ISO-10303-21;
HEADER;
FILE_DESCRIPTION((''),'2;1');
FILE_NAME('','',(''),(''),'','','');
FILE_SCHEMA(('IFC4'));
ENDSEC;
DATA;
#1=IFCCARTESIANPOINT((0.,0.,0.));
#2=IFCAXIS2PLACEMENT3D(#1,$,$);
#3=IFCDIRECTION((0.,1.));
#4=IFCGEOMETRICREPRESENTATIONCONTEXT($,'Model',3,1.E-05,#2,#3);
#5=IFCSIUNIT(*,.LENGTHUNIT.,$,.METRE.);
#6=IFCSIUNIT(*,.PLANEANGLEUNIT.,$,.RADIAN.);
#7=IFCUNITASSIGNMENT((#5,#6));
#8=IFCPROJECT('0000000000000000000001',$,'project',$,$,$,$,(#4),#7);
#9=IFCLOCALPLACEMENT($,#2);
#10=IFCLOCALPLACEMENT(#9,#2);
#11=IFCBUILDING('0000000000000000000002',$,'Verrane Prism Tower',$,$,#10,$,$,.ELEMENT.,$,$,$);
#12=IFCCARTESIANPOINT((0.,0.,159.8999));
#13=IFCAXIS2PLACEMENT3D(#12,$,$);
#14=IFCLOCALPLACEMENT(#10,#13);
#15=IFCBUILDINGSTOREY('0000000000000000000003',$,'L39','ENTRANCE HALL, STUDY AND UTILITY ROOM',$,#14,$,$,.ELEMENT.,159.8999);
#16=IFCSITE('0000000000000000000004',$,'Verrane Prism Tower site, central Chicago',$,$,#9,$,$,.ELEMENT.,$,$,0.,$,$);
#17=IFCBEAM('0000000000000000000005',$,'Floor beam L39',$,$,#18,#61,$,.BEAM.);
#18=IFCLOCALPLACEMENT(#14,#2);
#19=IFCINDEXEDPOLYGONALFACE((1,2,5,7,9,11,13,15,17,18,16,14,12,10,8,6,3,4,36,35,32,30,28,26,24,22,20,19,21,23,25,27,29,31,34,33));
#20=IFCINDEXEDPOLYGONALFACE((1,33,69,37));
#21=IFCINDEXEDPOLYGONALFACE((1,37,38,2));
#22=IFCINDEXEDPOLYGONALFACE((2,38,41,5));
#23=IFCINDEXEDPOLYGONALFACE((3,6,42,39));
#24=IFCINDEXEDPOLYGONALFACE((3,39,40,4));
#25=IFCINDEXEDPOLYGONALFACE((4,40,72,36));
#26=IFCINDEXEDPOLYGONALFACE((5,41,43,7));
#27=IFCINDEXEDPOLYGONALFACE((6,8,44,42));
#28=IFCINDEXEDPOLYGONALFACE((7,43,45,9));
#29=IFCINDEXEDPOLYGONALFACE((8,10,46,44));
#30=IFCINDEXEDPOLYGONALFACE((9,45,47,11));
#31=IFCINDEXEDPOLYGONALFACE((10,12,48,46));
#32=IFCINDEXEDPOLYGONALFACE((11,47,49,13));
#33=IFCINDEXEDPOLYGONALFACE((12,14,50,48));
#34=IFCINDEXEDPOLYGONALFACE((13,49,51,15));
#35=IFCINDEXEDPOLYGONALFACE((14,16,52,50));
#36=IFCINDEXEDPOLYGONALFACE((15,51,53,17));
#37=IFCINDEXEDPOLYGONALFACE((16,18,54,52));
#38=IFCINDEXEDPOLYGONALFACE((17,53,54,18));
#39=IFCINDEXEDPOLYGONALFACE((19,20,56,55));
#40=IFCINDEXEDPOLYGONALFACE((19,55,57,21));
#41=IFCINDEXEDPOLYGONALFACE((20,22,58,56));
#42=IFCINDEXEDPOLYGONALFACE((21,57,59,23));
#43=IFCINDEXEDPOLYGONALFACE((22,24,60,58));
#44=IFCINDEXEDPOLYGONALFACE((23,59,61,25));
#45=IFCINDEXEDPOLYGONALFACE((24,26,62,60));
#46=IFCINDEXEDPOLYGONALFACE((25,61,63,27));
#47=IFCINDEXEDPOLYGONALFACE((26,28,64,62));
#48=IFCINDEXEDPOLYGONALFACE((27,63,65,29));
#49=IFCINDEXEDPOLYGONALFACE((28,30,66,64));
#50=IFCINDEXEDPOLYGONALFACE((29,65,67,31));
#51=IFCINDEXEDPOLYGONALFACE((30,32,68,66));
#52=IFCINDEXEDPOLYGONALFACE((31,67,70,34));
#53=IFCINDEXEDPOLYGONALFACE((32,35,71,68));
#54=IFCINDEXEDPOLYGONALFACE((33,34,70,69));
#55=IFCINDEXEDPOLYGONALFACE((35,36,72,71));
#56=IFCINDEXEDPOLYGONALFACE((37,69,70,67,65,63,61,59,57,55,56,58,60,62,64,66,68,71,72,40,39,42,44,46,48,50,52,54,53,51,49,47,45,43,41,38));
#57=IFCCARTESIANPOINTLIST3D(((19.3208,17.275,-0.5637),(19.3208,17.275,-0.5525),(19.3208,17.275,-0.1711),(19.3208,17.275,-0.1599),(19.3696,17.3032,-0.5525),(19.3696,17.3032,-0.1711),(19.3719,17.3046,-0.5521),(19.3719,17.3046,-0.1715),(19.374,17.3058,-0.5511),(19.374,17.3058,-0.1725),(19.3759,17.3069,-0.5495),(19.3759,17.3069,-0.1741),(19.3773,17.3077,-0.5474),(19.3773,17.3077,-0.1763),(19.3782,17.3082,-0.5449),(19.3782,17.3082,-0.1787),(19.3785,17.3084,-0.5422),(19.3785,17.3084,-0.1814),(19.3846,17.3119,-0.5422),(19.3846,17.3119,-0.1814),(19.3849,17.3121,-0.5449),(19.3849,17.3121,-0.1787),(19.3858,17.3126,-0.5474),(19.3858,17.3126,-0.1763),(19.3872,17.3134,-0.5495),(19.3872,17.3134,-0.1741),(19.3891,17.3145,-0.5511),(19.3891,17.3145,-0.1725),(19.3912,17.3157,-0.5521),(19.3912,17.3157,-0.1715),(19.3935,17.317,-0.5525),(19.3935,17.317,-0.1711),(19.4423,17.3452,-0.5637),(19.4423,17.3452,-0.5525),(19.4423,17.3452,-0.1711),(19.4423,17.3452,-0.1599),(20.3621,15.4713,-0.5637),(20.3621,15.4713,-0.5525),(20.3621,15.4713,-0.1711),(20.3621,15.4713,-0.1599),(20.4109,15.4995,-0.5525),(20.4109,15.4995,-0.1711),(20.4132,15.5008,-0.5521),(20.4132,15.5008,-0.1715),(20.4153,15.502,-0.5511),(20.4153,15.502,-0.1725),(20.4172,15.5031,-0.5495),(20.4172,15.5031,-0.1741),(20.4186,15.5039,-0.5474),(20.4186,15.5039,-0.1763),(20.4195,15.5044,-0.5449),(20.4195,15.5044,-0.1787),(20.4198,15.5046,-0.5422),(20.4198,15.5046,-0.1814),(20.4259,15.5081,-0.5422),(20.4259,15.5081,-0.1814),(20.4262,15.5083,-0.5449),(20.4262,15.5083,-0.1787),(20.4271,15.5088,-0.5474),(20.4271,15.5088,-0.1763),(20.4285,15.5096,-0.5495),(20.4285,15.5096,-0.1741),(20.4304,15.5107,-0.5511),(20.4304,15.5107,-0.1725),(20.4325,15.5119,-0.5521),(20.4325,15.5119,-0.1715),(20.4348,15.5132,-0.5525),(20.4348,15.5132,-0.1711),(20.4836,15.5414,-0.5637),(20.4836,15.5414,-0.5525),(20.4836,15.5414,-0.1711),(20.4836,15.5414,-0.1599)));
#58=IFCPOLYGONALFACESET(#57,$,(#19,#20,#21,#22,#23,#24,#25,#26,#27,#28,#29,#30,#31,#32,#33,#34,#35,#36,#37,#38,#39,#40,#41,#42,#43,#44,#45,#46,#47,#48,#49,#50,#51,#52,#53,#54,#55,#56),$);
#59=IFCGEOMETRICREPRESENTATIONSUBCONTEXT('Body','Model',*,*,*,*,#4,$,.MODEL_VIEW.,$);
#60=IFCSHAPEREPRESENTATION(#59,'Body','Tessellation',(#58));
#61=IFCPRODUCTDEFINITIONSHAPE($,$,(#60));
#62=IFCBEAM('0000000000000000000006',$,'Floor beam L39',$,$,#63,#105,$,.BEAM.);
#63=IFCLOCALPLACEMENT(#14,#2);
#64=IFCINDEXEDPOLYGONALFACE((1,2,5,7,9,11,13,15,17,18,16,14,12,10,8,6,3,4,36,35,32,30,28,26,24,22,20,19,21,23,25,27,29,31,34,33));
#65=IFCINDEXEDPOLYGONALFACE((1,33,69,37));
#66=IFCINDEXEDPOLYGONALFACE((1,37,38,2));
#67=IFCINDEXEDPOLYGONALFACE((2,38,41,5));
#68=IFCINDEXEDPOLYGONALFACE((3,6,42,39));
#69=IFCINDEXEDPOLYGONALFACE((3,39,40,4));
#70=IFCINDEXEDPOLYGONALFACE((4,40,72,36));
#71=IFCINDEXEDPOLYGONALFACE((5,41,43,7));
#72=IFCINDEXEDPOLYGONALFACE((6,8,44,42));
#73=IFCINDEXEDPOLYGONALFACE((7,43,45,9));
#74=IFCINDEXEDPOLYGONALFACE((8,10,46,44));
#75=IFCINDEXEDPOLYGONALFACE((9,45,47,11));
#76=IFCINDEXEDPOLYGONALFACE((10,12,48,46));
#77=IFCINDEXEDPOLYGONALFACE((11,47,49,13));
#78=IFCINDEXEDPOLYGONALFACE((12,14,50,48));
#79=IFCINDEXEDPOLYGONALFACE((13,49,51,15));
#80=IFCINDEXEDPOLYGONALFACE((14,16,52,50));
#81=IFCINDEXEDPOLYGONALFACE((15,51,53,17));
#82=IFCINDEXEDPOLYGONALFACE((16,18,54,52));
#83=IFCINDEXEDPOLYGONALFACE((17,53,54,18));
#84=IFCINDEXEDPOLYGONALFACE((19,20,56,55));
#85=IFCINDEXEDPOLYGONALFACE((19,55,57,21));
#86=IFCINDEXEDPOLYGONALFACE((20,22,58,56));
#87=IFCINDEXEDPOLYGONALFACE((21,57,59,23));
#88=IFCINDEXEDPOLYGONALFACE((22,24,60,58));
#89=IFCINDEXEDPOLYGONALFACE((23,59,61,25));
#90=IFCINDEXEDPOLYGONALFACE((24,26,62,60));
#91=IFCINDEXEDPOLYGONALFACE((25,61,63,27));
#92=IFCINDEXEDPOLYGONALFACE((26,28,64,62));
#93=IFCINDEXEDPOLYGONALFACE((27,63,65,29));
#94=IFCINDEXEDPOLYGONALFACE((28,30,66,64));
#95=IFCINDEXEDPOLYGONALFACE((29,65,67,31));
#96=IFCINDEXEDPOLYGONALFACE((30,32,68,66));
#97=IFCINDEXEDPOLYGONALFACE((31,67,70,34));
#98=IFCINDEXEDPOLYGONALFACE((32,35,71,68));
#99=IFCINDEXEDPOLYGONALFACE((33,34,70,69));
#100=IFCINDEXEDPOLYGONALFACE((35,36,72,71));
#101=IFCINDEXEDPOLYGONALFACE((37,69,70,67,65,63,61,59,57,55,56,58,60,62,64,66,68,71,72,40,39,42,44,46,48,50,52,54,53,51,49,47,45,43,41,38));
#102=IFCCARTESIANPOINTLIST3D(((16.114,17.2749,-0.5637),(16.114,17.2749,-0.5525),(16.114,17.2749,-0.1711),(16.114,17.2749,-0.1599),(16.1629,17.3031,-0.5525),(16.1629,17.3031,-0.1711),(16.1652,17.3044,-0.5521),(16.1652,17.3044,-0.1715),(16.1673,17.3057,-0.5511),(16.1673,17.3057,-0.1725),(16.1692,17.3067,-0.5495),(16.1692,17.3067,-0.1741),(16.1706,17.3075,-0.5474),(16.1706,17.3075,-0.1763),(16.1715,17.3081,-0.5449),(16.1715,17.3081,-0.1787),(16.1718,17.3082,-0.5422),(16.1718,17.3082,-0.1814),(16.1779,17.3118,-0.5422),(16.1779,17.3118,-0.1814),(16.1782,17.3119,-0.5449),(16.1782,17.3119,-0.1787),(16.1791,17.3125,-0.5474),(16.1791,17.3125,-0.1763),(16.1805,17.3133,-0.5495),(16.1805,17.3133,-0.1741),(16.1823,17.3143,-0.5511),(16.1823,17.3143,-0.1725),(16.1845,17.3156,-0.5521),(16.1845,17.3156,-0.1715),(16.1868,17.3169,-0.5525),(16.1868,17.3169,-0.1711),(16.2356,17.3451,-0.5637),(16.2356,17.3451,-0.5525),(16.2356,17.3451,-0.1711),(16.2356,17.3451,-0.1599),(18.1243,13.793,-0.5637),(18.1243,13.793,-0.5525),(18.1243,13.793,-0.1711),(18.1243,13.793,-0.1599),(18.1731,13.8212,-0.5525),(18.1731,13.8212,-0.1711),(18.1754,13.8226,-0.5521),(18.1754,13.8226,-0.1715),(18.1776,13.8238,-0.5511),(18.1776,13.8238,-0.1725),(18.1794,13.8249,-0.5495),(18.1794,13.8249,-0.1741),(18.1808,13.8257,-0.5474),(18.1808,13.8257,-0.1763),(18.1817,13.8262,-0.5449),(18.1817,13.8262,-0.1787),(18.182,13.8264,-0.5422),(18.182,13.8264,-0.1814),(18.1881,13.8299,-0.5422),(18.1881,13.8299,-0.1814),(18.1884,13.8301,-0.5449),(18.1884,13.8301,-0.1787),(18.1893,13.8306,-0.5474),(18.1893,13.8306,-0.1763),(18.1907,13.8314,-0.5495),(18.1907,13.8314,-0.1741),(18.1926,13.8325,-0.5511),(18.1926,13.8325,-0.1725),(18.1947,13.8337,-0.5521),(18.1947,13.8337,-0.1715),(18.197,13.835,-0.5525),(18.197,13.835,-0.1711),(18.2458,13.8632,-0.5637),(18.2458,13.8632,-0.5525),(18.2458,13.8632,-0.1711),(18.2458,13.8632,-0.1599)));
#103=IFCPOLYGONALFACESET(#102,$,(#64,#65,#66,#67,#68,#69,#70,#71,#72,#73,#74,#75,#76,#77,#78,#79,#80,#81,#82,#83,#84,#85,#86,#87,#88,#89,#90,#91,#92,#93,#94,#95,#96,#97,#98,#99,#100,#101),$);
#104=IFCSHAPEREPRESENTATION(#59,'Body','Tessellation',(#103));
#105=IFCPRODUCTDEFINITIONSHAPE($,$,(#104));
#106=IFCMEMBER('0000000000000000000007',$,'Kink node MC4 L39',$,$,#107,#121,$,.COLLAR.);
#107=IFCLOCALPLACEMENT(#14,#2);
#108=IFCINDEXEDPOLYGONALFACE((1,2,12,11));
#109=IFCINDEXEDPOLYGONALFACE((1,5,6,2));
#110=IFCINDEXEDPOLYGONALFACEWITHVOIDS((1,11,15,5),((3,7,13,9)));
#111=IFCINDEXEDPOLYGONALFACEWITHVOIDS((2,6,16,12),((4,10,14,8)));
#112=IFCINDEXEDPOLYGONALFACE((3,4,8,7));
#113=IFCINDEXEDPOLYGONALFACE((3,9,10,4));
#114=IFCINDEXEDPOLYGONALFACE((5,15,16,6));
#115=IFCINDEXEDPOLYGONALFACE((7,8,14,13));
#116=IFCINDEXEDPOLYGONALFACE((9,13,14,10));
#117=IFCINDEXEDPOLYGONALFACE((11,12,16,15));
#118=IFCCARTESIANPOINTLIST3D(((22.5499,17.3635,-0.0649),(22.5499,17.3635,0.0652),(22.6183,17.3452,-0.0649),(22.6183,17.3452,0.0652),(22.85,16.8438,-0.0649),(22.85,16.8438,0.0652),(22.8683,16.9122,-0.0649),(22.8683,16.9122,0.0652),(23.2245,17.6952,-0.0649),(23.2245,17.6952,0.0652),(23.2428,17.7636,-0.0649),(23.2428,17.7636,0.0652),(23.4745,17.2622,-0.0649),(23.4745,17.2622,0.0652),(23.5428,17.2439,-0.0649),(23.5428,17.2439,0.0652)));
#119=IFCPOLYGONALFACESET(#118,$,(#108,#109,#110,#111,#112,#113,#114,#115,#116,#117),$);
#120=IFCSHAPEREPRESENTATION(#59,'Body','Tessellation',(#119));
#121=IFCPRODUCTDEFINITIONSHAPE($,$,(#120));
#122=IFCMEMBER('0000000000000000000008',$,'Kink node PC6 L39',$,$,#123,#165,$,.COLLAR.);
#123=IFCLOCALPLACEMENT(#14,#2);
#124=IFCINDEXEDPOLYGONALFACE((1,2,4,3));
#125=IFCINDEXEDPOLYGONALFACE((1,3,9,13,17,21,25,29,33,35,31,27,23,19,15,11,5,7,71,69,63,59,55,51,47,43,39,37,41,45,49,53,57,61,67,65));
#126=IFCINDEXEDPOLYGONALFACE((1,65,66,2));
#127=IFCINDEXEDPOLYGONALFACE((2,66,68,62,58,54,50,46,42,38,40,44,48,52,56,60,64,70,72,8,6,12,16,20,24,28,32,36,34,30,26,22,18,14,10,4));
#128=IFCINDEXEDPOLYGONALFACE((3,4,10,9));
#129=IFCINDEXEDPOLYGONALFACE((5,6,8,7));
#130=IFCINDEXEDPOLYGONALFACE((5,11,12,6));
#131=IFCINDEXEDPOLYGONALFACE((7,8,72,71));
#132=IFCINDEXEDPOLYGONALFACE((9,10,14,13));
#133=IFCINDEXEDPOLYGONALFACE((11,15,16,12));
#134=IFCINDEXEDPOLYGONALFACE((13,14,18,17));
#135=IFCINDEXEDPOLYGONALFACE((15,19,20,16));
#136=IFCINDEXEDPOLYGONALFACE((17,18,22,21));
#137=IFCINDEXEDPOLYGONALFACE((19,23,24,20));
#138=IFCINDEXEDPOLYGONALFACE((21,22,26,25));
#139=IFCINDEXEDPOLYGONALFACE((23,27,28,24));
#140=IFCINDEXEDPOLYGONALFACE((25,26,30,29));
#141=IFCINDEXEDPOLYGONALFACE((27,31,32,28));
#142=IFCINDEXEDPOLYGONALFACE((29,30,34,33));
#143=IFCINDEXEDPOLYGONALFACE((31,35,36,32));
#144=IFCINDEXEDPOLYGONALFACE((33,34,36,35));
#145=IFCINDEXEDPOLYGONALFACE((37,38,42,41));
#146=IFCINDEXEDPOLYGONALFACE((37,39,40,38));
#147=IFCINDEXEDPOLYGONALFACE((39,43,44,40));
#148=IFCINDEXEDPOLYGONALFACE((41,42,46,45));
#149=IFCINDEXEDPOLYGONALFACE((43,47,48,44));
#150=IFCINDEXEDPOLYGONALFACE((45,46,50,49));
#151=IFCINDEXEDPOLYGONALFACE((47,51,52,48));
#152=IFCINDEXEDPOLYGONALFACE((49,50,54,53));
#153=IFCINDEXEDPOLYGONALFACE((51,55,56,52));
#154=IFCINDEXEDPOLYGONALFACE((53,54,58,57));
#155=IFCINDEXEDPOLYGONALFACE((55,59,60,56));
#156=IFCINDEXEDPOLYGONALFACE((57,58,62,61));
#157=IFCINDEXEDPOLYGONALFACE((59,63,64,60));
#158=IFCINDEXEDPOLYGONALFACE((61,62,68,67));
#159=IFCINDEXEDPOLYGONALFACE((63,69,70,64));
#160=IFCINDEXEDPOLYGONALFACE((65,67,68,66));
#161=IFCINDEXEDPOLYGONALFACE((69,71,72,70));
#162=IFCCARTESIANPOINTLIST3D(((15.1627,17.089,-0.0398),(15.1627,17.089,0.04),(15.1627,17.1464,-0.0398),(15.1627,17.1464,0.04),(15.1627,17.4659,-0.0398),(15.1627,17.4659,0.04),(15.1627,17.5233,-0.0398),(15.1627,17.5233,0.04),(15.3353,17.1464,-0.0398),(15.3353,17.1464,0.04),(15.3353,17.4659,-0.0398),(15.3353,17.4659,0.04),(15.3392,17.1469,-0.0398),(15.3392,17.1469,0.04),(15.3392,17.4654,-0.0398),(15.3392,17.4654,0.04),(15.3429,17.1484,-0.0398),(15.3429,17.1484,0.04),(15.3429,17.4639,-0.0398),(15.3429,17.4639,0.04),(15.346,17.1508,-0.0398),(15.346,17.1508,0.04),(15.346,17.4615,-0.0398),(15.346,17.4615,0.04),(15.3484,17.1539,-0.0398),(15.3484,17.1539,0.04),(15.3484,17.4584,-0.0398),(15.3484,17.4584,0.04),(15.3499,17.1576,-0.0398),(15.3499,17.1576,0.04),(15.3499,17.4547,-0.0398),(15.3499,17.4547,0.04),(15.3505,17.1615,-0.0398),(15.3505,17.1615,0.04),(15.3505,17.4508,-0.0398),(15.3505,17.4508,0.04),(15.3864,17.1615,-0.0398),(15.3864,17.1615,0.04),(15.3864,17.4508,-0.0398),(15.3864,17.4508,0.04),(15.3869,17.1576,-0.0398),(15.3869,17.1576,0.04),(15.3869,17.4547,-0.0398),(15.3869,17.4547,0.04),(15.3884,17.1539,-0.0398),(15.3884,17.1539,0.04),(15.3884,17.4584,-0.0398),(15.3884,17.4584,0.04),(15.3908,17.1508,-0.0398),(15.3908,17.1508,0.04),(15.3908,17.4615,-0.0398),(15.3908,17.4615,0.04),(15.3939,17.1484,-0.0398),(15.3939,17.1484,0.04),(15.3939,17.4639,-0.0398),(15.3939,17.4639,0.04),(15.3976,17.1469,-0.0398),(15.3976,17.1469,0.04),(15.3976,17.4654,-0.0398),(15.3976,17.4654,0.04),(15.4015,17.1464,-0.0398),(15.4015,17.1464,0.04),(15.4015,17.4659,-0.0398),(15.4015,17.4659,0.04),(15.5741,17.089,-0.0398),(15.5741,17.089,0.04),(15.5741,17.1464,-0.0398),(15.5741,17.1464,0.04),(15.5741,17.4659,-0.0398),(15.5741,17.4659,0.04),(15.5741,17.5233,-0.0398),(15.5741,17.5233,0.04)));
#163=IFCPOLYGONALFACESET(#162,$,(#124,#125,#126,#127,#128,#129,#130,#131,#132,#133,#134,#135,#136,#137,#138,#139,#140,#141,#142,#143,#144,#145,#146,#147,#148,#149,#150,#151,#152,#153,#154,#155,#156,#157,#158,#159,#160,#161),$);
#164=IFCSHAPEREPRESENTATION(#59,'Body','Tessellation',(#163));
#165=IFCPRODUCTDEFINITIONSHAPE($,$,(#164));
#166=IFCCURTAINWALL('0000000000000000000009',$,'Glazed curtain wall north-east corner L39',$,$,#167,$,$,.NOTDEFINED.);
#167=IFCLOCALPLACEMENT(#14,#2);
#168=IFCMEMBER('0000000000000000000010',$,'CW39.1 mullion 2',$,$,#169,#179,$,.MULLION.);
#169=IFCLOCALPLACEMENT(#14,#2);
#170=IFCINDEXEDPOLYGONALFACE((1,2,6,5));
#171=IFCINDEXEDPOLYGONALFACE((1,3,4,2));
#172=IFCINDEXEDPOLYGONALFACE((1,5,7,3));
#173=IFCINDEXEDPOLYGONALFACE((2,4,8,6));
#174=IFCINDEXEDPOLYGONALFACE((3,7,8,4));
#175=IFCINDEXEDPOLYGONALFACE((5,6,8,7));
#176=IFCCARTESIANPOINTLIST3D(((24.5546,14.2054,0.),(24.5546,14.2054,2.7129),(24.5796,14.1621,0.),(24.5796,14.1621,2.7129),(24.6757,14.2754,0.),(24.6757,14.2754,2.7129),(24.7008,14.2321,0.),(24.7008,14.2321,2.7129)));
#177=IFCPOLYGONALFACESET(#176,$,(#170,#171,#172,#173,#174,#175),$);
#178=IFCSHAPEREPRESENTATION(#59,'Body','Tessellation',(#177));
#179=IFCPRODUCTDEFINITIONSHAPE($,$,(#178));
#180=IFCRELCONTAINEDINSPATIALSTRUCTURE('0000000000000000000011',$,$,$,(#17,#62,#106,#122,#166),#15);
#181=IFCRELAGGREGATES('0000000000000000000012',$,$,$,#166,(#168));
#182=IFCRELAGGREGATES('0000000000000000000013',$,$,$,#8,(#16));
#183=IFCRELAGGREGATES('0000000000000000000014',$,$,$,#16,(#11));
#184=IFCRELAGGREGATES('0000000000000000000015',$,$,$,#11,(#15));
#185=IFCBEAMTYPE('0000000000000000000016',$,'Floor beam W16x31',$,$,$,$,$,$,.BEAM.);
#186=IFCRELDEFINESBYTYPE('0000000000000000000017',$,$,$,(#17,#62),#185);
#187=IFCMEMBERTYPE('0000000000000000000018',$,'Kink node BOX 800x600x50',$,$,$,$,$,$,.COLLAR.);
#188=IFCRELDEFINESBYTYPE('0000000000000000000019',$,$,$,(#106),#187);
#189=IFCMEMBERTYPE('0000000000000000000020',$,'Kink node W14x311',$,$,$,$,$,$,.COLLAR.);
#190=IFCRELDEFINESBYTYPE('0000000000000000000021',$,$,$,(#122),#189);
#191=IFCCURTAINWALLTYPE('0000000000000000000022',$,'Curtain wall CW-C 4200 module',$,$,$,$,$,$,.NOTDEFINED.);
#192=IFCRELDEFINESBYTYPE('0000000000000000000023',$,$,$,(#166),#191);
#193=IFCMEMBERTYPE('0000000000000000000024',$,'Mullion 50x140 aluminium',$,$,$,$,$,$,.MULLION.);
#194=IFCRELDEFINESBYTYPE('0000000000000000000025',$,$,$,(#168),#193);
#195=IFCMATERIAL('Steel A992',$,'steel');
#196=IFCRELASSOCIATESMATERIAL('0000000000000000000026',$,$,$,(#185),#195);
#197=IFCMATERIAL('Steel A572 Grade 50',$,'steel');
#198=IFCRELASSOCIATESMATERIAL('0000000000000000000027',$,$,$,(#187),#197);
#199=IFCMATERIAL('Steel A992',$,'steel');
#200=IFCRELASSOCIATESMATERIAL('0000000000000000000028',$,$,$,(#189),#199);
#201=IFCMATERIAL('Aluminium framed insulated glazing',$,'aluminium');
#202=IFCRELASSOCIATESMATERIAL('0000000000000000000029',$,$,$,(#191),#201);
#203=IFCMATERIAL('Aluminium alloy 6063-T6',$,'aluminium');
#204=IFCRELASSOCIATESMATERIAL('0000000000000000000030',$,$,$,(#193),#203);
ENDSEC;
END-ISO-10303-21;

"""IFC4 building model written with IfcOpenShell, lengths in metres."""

from ifc_helpers import new_model, si_unit, direction, frame, origin, origin_2d, place, context, subcontext, project, spatial, rectangle, hollow_rectangle, i_section, extrude, material, material_profile, profile_set, type_object, element, aggregate, save


model = new_model("IFC4")

# Units and contexts
model_context = context("Model", 3, precision=1e-05, world=origin(), true_north=direction((0.0, 1.0)))
body_context = subcontext(model_context, "Body", "Model", "MODEL_VIEW")
ifc_project = project(units=[si_unit("LENGTHUNIT", "METRE"), si_unit("PLANEANGLEUNIT", "RADIAN")], contexts=[model_context])

# Site, building, storey
site_placement = place(None, origin())
site = spatial("IfcSite", under=ifc_project, at=site_placement, Name="Verrane Prism Tower site, central Chicago", CompositionType="ELEMENT", RefElevation=0.0)
building_placement = place(site_placement, origin())
building = spatial("IfcBuilding", under=site, at=building_placement, Name="Verrane Prism Tower", CompositionType="ELEMENT")
storey_placement = place(building_placement, frame((0.0, 0.0, 159.8999)))
storey = spatial("IfcBuildingStorey", under=building, at=storey_placement, Name="L39", Description="ENTRANCE HALL, STUDY AND UTILITY ROOM", CompositionType="ELEMENT", Elevation=159.8999)

# Beams
ifc_material_1 = material(Name="Steel A992", Category="steel")
ifc_material_profile_1 = material_profile(ifc_material_1, i_section(OverallWidth=0.1404, OverallDepth=0.4038, WebThickness=0.0071, FlangeThickness=0.0112, FilletRadius=0.0103, at=origin_2d()), Name="W16x31")
ifc_profile_set_1 = profile_set([ifc_material_profile_1], Name="Steel A992")
beam_type_1 = type_object("IfcBeamType", Name="Floor beam W16x31", PredefinedType="BEAM", material=ifc_profile_set_1)
beam_1_placement = place(storey_placement, frame((20.4229, 15.5063, -0.3618), z_axis=(-0.499959, 0.866049, 0.0), x_axis=(-0.866049, -0.499959, 0.0)))
element("IfcBeam", 1, at=beam_1_placement, inside=storey, type_object=beam_type_1, Name="Floor beam L39", PredefinedType="BEAM", context=body_context, shape_type="SweptSolid", body=[
    extrude(i_section(OverallWidth=0.1404, OverallDepth=0.4038, WebThickness=0.0071, FlangeThickness=0.0112, FilletRadius=0.0103, at=origin_2d()), origin(), (0.0, 0.0, 1.0), 2.0828),
])
beam_2_placement = place(storey_placement, frame((18.1851, 13.8281, -0.3618), z_axis=(-0.499992, 0.86603, 0.0), x_axis=(-0.86603, -0.499992, 0.0)))
element("IfcBeam", 2, at=beam_2_placement, inside=storey, type_object=beam_type_1, Name="Floor beam L39", PredefinedType="BEAM", context=body_context, shape_type="SweptSolid", body=[
    extrude(i_section(OverallWidth=0.1404, OverallDepth=0.4038, WebThickness=0.0071, FlangeThickness=0.0112, FilletRadius=0.0103, at=origin_2d()), origin(), (0.0, 0.0, 1.0), 4.0205),
])

# Members
ifc_material_2 = material(Name="Steel A572 Grade 50", Category="steel")
ifc_material_profile_2 = material_profile(ifc_material_2, hollow_rectangle(XDim=0.6001, YDim=0.8, WallThickness=0.05, at=origin_2d()), Name="BOX 800x600x50")
ifc_profile_set_2 = profile_set([ifc_material_profile_2], Name="Steel A572 Grade 50")
member_type_1 = type_object("IfcMemberType", Name="Kink node BOX 800x600x50", PredefinedType="COLLAR", material=ifc_profile_set_2)
member_1_placement = place(storey_placement, frame((23.0464, 17.3037, -0.0649), z_axis=(0.0, 0.0, 1.0), x_axis=(0.5, -0.866025, 0.0)))
element("IfcMember", 3, at=member_1_placement, inside=storey, type_object=member_type_1, Name="Kink node MC4 L39", PredefinedType="COLLAR", context=body_context, shape_type="SweptSolid", body=[
    extrude(hollow_rectangle(XDim=0.6001, YDim=0.8, WallThickness=0.05, at=origin_2d()), origin(), (0.0, 0.0, 1.0), 0.1301),
])
ifc_material_3 = material(Name="Steel A992", Category="steel")
ifc_material_profile_3 = material_profile(ifc_material_3, i_section(OverallWidth=0.4114, OverallDepth=0.4343, WebThickness=0.0359, FlangeThickness=0.0574, FilletRadius=0.0151, at=origin_2d()), Name="W14x311")
ifc_profile_set_3 = profile_set([ifc_material_profile_3], Name="Steel A992")
member_type_2 = type_object("IfcMemberType", Name="Kink node W14x311", PredefinedType="COLLAR", material=ifc_profile_set_3)
member_2_placement = place(storey_placement, frame((15.3684, 17.3062, -0.0398), z_axis=(0.0, 0.0, 1.0), x_axis=(1.0, 0.0, 0.0)))
element("IfcMember", 4, at=member_2_placement, inside=storey, type_object=member_type_2, Name="Kink node PC6 L39", PredefinedType="COLLAR", context=body_context, shape_type="SweptSolid", body=[
    extrude(i_section(OverallWidth=0.4114, OverallDepth=0.4343, WebThickness=0.0359, FlangeThickness=0.0574, FilletRadius=0.0151, at=origin_2d()), origin(), (0.0, 0.0, 1.0), 0.0798),
])

# Curtain wall, member
ifc_material_4 = material(Name="Aluminium framed insulated glazing", Category="aluminium")
curtain_wall_type_1 = type_object("IfcCurtainWallType", Name="Curtain wall CW-C 4200 module", PredefinedType="NOTDEFINED", material=ifc_material_4)
curtain_wall_1_placement = place(storey_placement, origin())
curtain_wall_1 = element("IfcCurtainWall", 5, at=curtain_wall_1_placement, inside=storey, type_object=curtain_wall_type_1, Name="Glazed curtain wall north-east corner L39", PredefinedType="NOTDEFINED")
ifc_material_5 = material(Name="Aluminium alloy 6063-T6", Category="aluminium")
ifc_material_profile_4 = material_profile(ifc_material_5, rectangle(XDim=0.1399, YDim=0.05, at=origin_2d()), Name="Mullion 50x140 aluminium")
ifc_profile_set_4 = profile_set([ifc_material_profile_4], Name="Aluminium alloy 6063-T6")
member_type_3 = type_object("IfcMemberType", Name="Mullion 50x140 aluminium", PredefinedType="MULLION", material=ifc_profile_set_4)
member_3_placement = place(storey_placement, frame((24.6277, 14.2188, 0.0), z_axis=(0.0, 0.0, 1.0), x_axis=(-0.866022, -0.500006, 0.0)))
member_3 = element("IfcMember", 6, at=member_3_placement, type_object=member_type_3, Name="CW39.1 mullion 2", PredefinedType="MULLION", context=body_context, shape_type="SweptSolid", body=[
    extrude(rectangle(XDim=0.1399, YDim=0.05, at=origin_2d()), origin(), (0.0, 0.0, 1.0), 2.7129),
])

aggregate(curtain_wall_1, [member_3])

save(model, "model.ifc")
